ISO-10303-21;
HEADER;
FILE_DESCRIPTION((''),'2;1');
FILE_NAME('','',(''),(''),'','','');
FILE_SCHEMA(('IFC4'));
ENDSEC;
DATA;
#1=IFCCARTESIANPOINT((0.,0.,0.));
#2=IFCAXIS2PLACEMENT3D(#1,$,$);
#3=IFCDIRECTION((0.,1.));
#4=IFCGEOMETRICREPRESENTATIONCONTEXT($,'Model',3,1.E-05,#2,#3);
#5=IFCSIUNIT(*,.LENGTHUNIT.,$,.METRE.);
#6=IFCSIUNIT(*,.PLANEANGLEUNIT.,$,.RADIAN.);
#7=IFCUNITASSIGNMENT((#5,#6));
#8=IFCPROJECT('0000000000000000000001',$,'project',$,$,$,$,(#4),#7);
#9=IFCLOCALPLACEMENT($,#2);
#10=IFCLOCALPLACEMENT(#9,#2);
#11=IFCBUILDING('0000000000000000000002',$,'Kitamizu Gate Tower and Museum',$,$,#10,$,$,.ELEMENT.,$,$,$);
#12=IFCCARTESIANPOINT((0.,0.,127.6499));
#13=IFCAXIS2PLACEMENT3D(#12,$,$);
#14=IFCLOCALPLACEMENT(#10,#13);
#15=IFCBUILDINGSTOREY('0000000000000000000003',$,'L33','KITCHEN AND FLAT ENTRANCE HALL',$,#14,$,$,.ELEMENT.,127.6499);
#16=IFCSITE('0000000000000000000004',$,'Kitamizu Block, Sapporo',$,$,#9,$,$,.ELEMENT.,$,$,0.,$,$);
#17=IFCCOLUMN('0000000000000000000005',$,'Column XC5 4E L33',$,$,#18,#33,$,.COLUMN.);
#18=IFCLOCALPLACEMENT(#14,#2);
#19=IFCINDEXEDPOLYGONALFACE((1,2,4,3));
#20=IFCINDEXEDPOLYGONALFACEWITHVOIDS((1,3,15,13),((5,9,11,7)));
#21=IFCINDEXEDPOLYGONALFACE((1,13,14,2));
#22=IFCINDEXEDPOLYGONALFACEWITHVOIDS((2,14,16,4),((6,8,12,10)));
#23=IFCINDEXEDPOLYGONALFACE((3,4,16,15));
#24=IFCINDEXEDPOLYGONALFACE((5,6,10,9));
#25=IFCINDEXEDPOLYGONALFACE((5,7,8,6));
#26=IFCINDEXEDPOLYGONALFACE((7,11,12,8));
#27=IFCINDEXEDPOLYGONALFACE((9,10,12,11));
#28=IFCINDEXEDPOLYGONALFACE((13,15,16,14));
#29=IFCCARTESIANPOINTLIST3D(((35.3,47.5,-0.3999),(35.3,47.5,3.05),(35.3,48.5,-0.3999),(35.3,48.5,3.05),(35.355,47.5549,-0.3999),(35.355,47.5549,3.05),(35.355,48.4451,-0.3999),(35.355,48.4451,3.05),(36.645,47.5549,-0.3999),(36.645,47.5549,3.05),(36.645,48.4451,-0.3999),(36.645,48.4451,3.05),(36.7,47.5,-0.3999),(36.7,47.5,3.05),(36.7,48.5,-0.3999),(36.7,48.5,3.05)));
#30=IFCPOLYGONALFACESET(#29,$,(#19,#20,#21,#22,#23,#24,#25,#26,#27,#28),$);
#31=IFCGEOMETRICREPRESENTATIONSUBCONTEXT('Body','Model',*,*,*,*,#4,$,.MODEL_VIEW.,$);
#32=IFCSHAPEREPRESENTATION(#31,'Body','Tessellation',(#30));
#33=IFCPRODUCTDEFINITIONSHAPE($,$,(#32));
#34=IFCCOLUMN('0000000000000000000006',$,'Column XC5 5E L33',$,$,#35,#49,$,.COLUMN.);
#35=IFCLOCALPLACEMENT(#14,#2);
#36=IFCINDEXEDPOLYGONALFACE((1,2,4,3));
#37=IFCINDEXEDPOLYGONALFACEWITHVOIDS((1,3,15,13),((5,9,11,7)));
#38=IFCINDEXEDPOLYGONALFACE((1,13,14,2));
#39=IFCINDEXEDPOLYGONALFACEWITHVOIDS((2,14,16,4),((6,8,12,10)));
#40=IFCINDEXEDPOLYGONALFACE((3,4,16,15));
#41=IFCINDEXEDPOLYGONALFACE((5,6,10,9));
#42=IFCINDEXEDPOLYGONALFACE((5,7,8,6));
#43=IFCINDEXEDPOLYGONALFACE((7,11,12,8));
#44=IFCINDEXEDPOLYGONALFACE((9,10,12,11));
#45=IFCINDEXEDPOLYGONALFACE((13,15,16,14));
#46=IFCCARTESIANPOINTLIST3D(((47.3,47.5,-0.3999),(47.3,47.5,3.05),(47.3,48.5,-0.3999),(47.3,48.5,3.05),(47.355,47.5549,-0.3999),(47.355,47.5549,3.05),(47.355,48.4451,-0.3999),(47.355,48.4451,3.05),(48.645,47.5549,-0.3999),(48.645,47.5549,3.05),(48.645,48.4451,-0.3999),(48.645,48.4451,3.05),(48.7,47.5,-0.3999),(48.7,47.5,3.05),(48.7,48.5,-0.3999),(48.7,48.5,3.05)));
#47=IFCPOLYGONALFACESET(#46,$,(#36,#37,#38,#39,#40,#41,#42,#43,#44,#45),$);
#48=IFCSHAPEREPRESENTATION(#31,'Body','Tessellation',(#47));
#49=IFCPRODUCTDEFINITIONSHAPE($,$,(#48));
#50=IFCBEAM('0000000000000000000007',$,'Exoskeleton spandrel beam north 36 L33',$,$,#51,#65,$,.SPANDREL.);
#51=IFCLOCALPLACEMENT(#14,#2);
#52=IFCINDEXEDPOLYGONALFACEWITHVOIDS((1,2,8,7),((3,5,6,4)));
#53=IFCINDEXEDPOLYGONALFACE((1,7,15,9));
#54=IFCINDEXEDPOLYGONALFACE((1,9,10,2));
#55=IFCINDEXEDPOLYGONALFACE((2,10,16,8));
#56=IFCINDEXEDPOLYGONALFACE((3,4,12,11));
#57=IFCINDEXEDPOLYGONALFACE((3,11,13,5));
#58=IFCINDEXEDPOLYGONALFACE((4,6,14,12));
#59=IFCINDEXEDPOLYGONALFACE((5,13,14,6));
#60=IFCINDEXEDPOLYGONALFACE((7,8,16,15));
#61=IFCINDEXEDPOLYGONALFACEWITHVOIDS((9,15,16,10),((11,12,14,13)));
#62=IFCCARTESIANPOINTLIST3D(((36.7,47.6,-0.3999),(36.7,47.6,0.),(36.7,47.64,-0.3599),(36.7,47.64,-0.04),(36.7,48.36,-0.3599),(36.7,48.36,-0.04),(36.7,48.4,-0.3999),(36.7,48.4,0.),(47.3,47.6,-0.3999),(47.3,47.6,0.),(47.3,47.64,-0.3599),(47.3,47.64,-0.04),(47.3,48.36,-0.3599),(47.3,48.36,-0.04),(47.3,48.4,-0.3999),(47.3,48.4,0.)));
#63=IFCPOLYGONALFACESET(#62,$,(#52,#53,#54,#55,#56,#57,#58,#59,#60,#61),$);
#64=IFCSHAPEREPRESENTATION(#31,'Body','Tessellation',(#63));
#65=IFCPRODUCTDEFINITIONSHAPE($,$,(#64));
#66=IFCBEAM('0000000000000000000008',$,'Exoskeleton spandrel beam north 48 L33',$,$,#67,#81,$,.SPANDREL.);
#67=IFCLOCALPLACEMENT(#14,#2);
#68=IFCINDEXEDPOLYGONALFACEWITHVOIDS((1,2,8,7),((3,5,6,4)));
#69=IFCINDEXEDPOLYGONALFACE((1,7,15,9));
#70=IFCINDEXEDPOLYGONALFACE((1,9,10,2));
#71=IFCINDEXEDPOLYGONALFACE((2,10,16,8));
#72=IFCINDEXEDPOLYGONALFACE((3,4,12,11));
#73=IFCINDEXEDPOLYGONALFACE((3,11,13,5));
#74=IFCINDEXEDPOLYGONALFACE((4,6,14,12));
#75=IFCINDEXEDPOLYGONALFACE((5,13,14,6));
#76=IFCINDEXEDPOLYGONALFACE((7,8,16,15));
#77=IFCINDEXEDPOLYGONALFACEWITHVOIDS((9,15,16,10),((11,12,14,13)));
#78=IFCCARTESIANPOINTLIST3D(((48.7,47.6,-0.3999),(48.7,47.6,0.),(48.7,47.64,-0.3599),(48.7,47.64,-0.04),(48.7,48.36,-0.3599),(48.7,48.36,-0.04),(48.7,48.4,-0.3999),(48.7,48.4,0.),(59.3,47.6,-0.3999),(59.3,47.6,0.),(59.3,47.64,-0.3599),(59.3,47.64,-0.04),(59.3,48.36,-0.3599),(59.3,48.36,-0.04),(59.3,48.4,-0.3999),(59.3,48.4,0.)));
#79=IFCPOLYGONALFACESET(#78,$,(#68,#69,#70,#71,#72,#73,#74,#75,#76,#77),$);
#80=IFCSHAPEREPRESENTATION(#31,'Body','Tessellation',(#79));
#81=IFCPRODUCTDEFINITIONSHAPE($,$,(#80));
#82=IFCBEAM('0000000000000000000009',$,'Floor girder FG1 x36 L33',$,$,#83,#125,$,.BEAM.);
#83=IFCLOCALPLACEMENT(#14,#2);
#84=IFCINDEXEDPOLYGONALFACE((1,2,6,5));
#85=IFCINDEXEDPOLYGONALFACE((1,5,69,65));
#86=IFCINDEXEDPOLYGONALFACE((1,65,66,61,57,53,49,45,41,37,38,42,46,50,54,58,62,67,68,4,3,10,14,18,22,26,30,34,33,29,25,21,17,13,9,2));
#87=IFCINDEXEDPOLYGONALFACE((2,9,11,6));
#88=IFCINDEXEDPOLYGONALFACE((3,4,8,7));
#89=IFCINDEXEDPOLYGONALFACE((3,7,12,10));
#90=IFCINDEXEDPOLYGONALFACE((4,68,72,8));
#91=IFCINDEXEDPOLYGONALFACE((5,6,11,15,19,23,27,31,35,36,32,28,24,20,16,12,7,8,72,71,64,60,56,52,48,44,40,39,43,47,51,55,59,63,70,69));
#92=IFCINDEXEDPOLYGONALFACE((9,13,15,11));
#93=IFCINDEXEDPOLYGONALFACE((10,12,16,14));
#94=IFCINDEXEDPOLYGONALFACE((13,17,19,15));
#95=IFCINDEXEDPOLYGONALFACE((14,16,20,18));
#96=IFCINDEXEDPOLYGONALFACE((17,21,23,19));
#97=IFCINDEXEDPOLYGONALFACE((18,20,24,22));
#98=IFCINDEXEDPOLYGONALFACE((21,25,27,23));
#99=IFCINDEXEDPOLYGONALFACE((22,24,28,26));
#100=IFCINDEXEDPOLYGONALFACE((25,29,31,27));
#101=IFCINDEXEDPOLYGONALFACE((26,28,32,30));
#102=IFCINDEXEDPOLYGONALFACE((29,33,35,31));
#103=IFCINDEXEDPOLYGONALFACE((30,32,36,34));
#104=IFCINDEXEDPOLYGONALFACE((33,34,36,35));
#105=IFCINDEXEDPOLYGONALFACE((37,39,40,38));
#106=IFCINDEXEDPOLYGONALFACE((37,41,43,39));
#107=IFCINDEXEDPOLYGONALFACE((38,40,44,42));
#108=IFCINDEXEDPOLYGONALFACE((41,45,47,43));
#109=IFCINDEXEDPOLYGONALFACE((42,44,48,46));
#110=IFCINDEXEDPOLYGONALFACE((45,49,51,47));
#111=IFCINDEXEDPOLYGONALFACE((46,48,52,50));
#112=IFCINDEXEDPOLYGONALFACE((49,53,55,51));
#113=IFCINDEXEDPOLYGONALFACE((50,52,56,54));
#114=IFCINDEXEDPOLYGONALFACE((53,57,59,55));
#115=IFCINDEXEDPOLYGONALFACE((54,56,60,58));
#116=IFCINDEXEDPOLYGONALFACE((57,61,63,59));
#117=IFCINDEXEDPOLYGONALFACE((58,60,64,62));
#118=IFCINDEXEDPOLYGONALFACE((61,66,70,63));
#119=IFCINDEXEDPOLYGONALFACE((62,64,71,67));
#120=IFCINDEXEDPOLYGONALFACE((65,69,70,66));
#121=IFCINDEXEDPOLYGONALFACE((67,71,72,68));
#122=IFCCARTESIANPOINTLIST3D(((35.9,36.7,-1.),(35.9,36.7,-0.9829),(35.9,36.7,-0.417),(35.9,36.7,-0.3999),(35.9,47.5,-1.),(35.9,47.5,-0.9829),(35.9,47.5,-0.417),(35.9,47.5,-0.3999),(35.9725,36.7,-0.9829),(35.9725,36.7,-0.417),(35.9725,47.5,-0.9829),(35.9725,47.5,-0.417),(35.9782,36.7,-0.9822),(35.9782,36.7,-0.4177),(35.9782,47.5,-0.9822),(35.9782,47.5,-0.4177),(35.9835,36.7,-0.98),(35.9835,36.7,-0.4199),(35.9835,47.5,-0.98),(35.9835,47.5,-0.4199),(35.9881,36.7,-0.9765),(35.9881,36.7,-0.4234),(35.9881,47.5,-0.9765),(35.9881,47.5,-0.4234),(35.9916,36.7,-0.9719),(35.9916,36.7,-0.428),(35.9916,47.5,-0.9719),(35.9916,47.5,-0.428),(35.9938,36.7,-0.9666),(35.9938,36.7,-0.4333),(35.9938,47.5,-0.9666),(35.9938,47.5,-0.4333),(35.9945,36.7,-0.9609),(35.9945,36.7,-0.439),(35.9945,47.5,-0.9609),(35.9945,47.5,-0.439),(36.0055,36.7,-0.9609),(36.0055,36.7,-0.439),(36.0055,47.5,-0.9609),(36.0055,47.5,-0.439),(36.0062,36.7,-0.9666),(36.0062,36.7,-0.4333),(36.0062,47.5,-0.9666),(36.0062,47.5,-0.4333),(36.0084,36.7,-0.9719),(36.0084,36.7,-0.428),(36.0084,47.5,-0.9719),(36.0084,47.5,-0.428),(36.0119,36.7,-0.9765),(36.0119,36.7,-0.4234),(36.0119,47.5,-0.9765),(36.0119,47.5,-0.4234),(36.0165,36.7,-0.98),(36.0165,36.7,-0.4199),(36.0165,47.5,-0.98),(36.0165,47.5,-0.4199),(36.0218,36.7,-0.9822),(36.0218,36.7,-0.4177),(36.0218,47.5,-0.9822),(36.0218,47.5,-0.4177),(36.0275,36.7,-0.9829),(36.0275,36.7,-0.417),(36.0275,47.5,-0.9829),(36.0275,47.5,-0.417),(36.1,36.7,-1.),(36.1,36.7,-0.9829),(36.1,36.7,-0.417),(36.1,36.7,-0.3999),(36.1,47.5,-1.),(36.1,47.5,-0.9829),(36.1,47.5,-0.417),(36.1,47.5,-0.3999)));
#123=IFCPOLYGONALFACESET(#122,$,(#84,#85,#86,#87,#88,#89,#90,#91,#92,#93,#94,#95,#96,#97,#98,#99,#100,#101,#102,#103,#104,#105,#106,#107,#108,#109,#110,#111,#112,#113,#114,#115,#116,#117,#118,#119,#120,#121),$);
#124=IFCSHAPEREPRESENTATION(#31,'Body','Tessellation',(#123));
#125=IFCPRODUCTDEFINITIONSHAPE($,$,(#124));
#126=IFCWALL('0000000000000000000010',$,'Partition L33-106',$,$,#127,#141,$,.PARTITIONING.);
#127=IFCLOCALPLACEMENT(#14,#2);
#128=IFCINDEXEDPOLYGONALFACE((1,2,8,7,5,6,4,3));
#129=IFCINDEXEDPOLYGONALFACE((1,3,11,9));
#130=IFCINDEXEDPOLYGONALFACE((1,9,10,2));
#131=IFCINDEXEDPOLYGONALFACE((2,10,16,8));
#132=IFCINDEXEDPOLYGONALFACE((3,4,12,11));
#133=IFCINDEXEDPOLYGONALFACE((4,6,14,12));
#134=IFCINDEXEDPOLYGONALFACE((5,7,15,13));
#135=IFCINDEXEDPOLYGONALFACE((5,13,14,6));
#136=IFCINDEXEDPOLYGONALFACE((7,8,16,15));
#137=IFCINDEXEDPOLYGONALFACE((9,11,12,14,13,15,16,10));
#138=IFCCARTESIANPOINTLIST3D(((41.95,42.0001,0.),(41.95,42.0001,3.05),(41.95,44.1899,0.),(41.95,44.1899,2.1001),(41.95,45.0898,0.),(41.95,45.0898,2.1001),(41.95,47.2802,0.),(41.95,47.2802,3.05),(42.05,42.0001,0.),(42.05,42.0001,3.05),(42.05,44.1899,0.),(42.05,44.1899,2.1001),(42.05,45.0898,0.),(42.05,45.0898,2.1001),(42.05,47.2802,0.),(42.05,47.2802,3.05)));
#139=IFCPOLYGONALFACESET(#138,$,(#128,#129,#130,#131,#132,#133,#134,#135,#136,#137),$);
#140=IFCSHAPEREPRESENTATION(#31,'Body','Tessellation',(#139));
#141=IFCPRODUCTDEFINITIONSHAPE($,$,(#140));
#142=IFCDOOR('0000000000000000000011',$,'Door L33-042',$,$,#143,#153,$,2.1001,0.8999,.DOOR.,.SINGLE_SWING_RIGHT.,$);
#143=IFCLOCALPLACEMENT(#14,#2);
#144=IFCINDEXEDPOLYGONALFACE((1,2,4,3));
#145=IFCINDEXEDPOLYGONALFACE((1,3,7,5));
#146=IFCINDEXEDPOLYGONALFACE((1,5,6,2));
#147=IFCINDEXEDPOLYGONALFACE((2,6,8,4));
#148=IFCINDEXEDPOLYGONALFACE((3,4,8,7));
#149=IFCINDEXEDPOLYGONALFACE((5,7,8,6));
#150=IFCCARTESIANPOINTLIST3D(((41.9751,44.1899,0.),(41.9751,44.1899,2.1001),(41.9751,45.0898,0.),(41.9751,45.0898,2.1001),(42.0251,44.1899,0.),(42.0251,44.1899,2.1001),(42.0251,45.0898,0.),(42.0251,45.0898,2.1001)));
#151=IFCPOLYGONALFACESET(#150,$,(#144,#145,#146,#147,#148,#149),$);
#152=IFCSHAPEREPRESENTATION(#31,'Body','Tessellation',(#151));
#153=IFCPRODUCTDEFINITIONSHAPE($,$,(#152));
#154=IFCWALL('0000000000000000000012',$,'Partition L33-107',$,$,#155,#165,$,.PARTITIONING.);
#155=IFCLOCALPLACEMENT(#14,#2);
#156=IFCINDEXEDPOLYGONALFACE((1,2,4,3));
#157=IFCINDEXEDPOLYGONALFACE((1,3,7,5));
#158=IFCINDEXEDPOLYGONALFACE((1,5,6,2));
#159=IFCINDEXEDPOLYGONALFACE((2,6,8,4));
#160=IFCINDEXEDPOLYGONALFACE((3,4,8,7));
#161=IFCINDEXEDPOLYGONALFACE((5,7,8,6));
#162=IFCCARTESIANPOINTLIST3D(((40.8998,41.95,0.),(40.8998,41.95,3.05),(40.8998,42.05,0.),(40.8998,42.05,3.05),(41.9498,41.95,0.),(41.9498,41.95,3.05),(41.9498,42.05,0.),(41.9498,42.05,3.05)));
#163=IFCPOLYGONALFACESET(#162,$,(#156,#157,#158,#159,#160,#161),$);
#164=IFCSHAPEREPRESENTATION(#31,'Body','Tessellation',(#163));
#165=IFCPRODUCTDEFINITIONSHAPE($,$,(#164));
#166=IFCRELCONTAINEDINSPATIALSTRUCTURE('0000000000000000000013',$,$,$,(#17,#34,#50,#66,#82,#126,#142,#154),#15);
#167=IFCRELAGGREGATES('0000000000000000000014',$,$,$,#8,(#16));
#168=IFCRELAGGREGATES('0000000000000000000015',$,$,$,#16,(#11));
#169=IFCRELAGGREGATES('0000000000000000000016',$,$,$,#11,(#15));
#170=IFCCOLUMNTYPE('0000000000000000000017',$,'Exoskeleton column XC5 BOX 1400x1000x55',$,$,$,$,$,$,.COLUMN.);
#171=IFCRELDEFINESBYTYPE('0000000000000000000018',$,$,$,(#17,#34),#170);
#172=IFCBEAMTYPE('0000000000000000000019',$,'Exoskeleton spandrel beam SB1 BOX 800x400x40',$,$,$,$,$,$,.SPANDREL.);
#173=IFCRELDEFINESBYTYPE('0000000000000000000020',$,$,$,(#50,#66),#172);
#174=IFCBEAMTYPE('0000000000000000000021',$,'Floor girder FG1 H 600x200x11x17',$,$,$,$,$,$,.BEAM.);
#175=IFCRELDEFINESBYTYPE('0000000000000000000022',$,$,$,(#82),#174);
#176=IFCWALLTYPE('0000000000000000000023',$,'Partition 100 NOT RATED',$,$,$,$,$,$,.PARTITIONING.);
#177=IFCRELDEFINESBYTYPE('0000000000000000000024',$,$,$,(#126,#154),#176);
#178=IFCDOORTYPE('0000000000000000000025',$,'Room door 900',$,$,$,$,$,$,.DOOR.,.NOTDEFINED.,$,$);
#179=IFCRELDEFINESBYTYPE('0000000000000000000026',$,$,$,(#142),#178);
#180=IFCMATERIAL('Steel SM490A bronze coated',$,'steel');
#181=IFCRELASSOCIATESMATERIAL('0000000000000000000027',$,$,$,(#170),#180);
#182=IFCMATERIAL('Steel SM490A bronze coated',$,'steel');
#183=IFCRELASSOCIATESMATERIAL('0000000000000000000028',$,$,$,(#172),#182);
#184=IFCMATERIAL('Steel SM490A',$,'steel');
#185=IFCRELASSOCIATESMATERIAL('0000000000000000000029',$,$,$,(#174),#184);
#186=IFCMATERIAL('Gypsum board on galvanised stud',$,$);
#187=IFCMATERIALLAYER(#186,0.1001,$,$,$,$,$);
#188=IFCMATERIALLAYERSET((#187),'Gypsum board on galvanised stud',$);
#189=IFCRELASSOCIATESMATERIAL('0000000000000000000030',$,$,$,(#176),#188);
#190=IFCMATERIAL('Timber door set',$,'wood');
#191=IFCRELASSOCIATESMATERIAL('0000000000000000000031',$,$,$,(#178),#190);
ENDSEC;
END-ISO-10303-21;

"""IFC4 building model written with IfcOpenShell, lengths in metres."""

from ifc_helpers import new_model, si_unit, direction, frame, frame_2d, origin, origin_2d, place, context, subcontext, project, spatial, rectangle, hollow_rectangle, i_section, extrude, material, layer, layer_set, material_profile, profile_set, type_object, element, fill, save


model = new_model("IFC4")

# Units and contexts
model_context = context("Model", 3, precision=1e-05, world=origin(), true_north=direction((0.0, 1.0)))
body_context = subcontext(model_context, "Body", "Model", "MODEL_VIEW")
ifc_project = project(units=[si_unit("LENGTHUNIT", "METRE"), si_unit("PLANEANGLEUNIT", "RADIAN")], contexts=[model_context])

# Site, building, storey
site_placement = place(None, origin())
site = spatial("IfcSite", under=ifc_project, at=site_placement, Name="Kitamizu Block, Sapporo", CompositionType="ELEMENT", RefElevation=0.0)
building_placement = place(site_placement, origin())
building = spatial("IfcBuilding", under=site, at=building_placement, Name="Kitamizu Gate Tower and Museum", CompositionType="ELEMENT")
storey_placement = place(building_placement, frame((0.0, 0.0, 127.6499)))
storey = spatial("IfcBuildingStorey", under=building, at=storey_placement, Name="L33", Description="KITCHEN AND FLAT ENTRANCE HALL", CompositionType="ELEMENT", Elevation=127.6499)

# Columns
ifc_material_1 = material(Name="Steel SM490A bronze coated", Category="steel")
ifc_material_profile_1 = material_profile(ifc_material_1, hollow_rectangle(XDim=1.3999, YDim=1.0, WallThickness=0.0549, at=origin_2d()), Name="BOX 1400x1000x55")
ifc_profile_set_1 = profile_set([ifc_material_profile_1], Name="Steel SM490A bronze coated")
column_type = type_object("IfcColumnType", Name="Exoskeleton column XC5 BOX 1400x1000x55", PredefinedType="COLUMN", material=ifc_profile_set_1)
for number, where, z_axis, x_axis, name in (
    (1, (36.0, 48.0, -0.3999), (0.0, 0.0, 1.0), (1.0, 0.0, 0.0), "Column XC5 4E L33"),
    (2, (48.0, 48.0, -0.3999), (0.0, 0.0, 1.0), (1.0, 0.0, 0.0), "Column XC5 5E L33"),
):
    element("IfcColumn", number, at=place(storey_placement, frame(where, z_axis=z_axis, x_axis=x_axis)), inside=storey, type_object=column_type, Name=name, PredefinedType="COLUMN", context=body_context, shape_type="SweptSolid", body=[
        extrude(hollow_rectangle(XDim=1.3999, YDim=1.0, WallThickness=0.0549, at=origin_2d()), origin(), (0.0, 0.0, 1.0), 3.45),
    ])

# Beams
ifc_material_2 = material(Name="Steel SM490A bronze coated", Category="steel")
ifc_material_profile_2 = material_profile(ifc_material_2, hollow_rectangle(XDim=0.8, YDim=0.3999, WallThickness=0.04, at=origin_2d()), Name="BOX 800x400x40")
ifc_profile_set_2 = profile_set([ifc_material_profile_2], Name="Steel SM490A bronze coated")
beam_type_1 = type_object("IfcBeamType", Name="Exoskeleton spandrel beam SB1 BOX 800x400x40", PredefinedType="SPANDREL", material=ifc_profile_set_2)
for number, where, z_axis, x_axis, name in (
    (3, (36.7, 48.0, -0.2), (1.0, 0.0, 0.0), (0.0, 1.0, 0.0), "Exoskeleton spandrel beam north 36 L33"),
    (4, (48.7, 48.0, -0.2), (1.0, 0.0, 0.0), (0.0, 1.0, 0.0), "Exoskeleton spandrel beam north 48 L33"),
):
    element("IfcBeam", number, at=place(storey_placement, frame(where, z_axis=z_axis, x_axis=x_axis)), inside=storey, type_object=beam_type_1, Name=name, PredefinedType="SPANDREL", context=body_context, shape_type="SweptSolid", body=[
        extrude(hollow_rectangle(XDim=0.8, YDim=0.3999, WallThickness=0.04, at=origin_2d()), origin(), (0.0, 0.0, 1.0), 10.6001),
    ])
ifc_material_3 = material(Name="Steel SM490A", Category="steel")
ifc_material_profile_3 = material_profile(ifc_material_3, i_section(OverallWidth=0.2, OverallDepth=0.6001, WebThickness=0.011, FlangeThickness=0.0171, FilletRadius=0.022, at=origin_2d()), Name="H-600x200x11x17")
ifc_profile_set_3 = profile_set([ifc_material_profile_3], Name="Steel SM490A")
beam_type_2 = type_object("IfcBeamType", Name="Floor girder FG1 H 600x200x11x17", PredefinedType="BEAM", material=ifc_profile_set_3)
beam_placement = place(storey_placement, frame((36.0, 36.7, -0.7), z_axis=(0.0, 1.0, 0.0), x_axis=(-1.0, 0.0, 0.0)))
element("IfcBeam", 5, at=beam_placement, inside=storey, type_object=beam_type_2, Name="Floor girder FG1 x36 L33", PredefinedType="BEAM", context=body_context, shape_type="SweptSolid", body=[
    extrude(i_section(OverallWidth=0.2, OverallDepth=0.6001, WebThickness=0.011, FlangeThickness=0.0171, FilletRadius=0.022, at=origin_2d()), origin(), (0.0, 0.0, 1.0), 10.8),
])

# Wall, opening, door
ifc_material_4 = material(Name="Gypsum board on galvanised stud")
ifc_layer_1 = layer(ifc_material_4, 0.1001)
ifc_layer_set_1 = layer_set([ifc_layer_1], Name="Gypsum board on galvanised stud")
wall_type_1 = type_object("IfcWallType", Name="Partition 100 NOT RATED", PredefinedType="PARTITIONING", material=ifc_layer_set_1)
wall_1_placement = place(storey_placement, frame((42.0, 42.0, 0.0), z_axis=(0.0, 0.0, 1.0), x_axis=(0.0, 1.0, 0.0)))
wall_1 = element("IfcWall", 6, at=wall_1_placement, inside=storey, type_object=wall_type_1, Name="Partition L33-106", PredefinedType="PARTITIONING", context=body_context, shape_type="SweptSolid", body=[
    extrude(rectangle(XDim=5.28, YDim=0.1001, at=frame_2d((2.6401, 0.0))), origin(), (0.0, 0.0, 1.0), 3.05),
])
opening_1_placement = place(wall_1_placement, frame((2.1899, 0.0, 0.0)))
opening_1 = element("IfcOpeningElement", 7, at=opening_1_placement, cuts=wall_1, PredefinedType="OPENING", context=body_context, shape_type="SweptSolid", body=[
    extrude(rectangle(XDim=0.8999, YDim=2.1001, at=frame_2d((0.45, 1.05))), frame((0.0, 0.0601, 0.0), z_axis=(0.0, -1.0, 0.0), x_axis=(1.0, 0.0, 0.0)), (0.0, 0.0, 1.0), 0.1201),
])
ifc_material_5 = material(Name="Timber door set", Category="wood")
door_type_1 = type_object("IfcDoorType", Name="Room door 900", OperationType="NOTDEFINED", PredefinedType="DOOR", material=ifc_material_5)
door_1_placement = place(opening_1_placement, origin())
door_1 = element("IfcDoor", 8, at=door_1_placement, inside=storey, type_object=door_type_1, Name="Door L33-042", OperationType="SINGLE_SWING_RIGHT", OverallHeight=2.1001, OverallWidth=0.8999, PredefinedType="DOOR", context=body_context, shape_type="SweptSolid", body=[
    extrude(rectangle(XDim=0.8999, YDim=2.1001, at=frame_2d((0.45, 1.05))), frame((0.0, 0.0249, 0.0), z_axis=(0.0, -1.0, 0.0), x_axis=(1.0, 0.0, 0.0)), (0.0, 0.0, 1.0), 0.05),
])
fill(opening_1, door_1)

# Wall
wall_2_placement = place(storey_placement, frame((40.8999, 42.0, 0.0), z_axis=(0.0, 0.0, 1.0), x_axis=(1.0, 0.0, 0.0)))
element("IfcWall", 9, at=wall_2_placement, inside=storey, type_object=wall_type_1, Name="Partition L33-107", PredefinedType="PARTITIONING", context=body_context, shape_type="SweptSolid", body=[
    extrude(rectangle(XDim=1.05, YDim=0.1001, at=frame_2d((0.5249, 0.0))), origin(), (0.0, 0.0, 1.0), 3.05),
])

save(model, "model.ifc")
